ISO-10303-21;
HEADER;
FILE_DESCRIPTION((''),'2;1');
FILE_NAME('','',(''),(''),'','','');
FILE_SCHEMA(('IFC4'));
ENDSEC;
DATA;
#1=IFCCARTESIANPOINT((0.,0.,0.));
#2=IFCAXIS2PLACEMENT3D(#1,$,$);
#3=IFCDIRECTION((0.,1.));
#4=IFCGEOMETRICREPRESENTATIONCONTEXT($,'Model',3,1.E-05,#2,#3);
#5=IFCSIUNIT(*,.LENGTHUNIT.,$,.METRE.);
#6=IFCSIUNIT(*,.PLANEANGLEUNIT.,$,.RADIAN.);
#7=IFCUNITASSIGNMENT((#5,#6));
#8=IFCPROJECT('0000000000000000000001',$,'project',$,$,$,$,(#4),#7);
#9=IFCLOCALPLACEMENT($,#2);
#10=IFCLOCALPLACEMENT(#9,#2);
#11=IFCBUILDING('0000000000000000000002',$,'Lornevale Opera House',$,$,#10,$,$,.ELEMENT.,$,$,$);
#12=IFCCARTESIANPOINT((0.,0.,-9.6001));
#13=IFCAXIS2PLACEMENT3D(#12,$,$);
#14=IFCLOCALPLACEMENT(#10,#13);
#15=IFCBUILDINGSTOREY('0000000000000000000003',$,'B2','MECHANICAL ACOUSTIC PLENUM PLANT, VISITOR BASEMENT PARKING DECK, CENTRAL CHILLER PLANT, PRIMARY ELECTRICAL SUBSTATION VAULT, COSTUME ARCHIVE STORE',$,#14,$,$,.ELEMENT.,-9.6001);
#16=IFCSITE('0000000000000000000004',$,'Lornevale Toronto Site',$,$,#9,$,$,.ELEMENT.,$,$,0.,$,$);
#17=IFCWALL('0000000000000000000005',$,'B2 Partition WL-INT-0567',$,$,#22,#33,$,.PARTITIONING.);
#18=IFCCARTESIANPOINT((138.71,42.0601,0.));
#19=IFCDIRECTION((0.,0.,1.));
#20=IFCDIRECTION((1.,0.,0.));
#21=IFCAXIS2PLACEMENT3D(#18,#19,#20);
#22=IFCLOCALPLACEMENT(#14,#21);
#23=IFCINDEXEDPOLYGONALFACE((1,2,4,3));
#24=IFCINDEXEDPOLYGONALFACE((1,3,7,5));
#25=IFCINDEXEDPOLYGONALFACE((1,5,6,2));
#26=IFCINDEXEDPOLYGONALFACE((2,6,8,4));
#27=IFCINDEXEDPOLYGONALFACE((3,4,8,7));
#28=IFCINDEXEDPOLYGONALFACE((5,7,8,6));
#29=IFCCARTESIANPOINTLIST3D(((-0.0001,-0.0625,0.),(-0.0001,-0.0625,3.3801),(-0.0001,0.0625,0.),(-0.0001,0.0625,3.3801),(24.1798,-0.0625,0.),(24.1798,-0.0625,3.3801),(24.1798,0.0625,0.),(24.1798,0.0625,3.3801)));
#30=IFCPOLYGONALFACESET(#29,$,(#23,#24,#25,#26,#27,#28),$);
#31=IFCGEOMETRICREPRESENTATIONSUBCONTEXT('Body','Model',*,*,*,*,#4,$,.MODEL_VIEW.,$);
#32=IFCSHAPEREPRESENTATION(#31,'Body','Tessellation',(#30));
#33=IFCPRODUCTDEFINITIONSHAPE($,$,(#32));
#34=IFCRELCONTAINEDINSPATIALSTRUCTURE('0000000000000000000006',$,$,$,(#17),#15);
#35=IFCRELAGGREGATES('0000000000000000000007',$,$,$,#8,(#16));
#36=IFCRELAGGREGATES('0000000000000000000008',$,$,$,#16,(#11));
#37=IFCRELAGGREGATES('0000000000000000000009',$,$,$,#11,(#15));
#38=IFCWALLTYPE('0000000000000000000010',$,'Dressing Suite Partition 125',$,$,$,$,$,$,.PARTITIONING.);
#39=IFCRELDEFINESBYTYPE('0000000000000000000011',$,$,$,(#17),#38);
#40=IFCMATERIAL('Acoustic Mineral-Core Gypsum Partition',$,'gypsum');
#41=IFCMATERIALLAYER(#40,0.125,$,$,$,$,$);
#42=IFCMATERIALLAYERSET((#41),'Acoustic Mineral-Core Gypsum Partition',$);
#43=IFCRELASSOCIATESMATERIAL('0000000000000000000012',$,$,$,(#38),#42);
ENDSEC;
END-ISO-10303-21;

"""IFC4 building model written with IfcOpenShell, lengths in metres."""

from ifc_helpers import new_model, si_unit, direction, frame, frame_2d, origin, place, context, subcontext, project, spatial, rectangle, extrude, material, layer, layer_set, type_object, element, save


model = new_model("IFC4")

# Units and contexts
model_context = context("Model", 3, precision=1e-05, world=origin(), true_north=direction((0.0, 1.0)))
body_context = subcontext(model_context, "Body", "Model", "MODEL_VIEW")
ifc_project = project(units=[si_unit("LENGTHUNIT", "METRE"), si_unit("PLANEANGLEUNIT", "RADIAN")], contexts=[model_context])

# Site, building, storey
site_placement = place(None, origin())
site = spatial("IfcSite", under=ifc_project, at=site_placement, Name="Lornevale Toronto Site", CompositionType="ELEMENT", RefElevation=0.0)
building_placement = place(site_placement, origin())
building = spatial("IfcBuilding", under=site, at=building_placement, Name="Lornevale Opera House", CompositionType="ELEMENT")
storey_placement = place(building_placement, frame((0.0, 0.0, -9.6001)))
storey = spatial("IfcBuildingStorey", under=building, at=storey_placement, Name="B2", Description="MECHANICAL ACOUSTIC PLENUM PLANT, VISITOR BASEMENT PARKING DECK, CENTRAL CHILLER PLANT, PRIMARY ELECTRICAL SUBSTATION VAULT, COSTUME ARCHIVE STORE", CompositionType="ELEMENT", Elevation=-9.6001)

# Wall
ifc_material_1 = material(Name="Acoustic Mineral-Core Gypsum Partition", Category="gypsum")
ifc_layer_1 = layer(ifc_material_1, 0.125)
ifc_layer_set_1 = layer_set([ifc_layer_1], Name="Acoustic Mineral-Core Gypsum Partition")
wall_type_1 = type_object("IfcWallType", Name="Dressing Suite Partition 125", PredefinedType="PARTITIONING", material=ifc_layer_set_1)
wall_1_placement = place(storey_placement, frame((138.71, 42.0601, 0.0), z_axis=(0.0, 0.0, 1.0), x_axis=(1.0, 0.0, 0.0)))
element("IfcWall", 1, at=wall_1_placement, inside=storey, type_object=wall_type_1, Name="B2 Partition WL-INT-0567", PredefinedType="PARTITIONING", context=body_context, shape_type="SweptSolid", body=[
    extrude(rectangle(XDim=24.1799, YDim=0.125, at=frame_2d((12.0898, 0.0))), origin(), (0.0, 0.0, 1.0), 3.3801),
])

save(model, "model.ifc")
